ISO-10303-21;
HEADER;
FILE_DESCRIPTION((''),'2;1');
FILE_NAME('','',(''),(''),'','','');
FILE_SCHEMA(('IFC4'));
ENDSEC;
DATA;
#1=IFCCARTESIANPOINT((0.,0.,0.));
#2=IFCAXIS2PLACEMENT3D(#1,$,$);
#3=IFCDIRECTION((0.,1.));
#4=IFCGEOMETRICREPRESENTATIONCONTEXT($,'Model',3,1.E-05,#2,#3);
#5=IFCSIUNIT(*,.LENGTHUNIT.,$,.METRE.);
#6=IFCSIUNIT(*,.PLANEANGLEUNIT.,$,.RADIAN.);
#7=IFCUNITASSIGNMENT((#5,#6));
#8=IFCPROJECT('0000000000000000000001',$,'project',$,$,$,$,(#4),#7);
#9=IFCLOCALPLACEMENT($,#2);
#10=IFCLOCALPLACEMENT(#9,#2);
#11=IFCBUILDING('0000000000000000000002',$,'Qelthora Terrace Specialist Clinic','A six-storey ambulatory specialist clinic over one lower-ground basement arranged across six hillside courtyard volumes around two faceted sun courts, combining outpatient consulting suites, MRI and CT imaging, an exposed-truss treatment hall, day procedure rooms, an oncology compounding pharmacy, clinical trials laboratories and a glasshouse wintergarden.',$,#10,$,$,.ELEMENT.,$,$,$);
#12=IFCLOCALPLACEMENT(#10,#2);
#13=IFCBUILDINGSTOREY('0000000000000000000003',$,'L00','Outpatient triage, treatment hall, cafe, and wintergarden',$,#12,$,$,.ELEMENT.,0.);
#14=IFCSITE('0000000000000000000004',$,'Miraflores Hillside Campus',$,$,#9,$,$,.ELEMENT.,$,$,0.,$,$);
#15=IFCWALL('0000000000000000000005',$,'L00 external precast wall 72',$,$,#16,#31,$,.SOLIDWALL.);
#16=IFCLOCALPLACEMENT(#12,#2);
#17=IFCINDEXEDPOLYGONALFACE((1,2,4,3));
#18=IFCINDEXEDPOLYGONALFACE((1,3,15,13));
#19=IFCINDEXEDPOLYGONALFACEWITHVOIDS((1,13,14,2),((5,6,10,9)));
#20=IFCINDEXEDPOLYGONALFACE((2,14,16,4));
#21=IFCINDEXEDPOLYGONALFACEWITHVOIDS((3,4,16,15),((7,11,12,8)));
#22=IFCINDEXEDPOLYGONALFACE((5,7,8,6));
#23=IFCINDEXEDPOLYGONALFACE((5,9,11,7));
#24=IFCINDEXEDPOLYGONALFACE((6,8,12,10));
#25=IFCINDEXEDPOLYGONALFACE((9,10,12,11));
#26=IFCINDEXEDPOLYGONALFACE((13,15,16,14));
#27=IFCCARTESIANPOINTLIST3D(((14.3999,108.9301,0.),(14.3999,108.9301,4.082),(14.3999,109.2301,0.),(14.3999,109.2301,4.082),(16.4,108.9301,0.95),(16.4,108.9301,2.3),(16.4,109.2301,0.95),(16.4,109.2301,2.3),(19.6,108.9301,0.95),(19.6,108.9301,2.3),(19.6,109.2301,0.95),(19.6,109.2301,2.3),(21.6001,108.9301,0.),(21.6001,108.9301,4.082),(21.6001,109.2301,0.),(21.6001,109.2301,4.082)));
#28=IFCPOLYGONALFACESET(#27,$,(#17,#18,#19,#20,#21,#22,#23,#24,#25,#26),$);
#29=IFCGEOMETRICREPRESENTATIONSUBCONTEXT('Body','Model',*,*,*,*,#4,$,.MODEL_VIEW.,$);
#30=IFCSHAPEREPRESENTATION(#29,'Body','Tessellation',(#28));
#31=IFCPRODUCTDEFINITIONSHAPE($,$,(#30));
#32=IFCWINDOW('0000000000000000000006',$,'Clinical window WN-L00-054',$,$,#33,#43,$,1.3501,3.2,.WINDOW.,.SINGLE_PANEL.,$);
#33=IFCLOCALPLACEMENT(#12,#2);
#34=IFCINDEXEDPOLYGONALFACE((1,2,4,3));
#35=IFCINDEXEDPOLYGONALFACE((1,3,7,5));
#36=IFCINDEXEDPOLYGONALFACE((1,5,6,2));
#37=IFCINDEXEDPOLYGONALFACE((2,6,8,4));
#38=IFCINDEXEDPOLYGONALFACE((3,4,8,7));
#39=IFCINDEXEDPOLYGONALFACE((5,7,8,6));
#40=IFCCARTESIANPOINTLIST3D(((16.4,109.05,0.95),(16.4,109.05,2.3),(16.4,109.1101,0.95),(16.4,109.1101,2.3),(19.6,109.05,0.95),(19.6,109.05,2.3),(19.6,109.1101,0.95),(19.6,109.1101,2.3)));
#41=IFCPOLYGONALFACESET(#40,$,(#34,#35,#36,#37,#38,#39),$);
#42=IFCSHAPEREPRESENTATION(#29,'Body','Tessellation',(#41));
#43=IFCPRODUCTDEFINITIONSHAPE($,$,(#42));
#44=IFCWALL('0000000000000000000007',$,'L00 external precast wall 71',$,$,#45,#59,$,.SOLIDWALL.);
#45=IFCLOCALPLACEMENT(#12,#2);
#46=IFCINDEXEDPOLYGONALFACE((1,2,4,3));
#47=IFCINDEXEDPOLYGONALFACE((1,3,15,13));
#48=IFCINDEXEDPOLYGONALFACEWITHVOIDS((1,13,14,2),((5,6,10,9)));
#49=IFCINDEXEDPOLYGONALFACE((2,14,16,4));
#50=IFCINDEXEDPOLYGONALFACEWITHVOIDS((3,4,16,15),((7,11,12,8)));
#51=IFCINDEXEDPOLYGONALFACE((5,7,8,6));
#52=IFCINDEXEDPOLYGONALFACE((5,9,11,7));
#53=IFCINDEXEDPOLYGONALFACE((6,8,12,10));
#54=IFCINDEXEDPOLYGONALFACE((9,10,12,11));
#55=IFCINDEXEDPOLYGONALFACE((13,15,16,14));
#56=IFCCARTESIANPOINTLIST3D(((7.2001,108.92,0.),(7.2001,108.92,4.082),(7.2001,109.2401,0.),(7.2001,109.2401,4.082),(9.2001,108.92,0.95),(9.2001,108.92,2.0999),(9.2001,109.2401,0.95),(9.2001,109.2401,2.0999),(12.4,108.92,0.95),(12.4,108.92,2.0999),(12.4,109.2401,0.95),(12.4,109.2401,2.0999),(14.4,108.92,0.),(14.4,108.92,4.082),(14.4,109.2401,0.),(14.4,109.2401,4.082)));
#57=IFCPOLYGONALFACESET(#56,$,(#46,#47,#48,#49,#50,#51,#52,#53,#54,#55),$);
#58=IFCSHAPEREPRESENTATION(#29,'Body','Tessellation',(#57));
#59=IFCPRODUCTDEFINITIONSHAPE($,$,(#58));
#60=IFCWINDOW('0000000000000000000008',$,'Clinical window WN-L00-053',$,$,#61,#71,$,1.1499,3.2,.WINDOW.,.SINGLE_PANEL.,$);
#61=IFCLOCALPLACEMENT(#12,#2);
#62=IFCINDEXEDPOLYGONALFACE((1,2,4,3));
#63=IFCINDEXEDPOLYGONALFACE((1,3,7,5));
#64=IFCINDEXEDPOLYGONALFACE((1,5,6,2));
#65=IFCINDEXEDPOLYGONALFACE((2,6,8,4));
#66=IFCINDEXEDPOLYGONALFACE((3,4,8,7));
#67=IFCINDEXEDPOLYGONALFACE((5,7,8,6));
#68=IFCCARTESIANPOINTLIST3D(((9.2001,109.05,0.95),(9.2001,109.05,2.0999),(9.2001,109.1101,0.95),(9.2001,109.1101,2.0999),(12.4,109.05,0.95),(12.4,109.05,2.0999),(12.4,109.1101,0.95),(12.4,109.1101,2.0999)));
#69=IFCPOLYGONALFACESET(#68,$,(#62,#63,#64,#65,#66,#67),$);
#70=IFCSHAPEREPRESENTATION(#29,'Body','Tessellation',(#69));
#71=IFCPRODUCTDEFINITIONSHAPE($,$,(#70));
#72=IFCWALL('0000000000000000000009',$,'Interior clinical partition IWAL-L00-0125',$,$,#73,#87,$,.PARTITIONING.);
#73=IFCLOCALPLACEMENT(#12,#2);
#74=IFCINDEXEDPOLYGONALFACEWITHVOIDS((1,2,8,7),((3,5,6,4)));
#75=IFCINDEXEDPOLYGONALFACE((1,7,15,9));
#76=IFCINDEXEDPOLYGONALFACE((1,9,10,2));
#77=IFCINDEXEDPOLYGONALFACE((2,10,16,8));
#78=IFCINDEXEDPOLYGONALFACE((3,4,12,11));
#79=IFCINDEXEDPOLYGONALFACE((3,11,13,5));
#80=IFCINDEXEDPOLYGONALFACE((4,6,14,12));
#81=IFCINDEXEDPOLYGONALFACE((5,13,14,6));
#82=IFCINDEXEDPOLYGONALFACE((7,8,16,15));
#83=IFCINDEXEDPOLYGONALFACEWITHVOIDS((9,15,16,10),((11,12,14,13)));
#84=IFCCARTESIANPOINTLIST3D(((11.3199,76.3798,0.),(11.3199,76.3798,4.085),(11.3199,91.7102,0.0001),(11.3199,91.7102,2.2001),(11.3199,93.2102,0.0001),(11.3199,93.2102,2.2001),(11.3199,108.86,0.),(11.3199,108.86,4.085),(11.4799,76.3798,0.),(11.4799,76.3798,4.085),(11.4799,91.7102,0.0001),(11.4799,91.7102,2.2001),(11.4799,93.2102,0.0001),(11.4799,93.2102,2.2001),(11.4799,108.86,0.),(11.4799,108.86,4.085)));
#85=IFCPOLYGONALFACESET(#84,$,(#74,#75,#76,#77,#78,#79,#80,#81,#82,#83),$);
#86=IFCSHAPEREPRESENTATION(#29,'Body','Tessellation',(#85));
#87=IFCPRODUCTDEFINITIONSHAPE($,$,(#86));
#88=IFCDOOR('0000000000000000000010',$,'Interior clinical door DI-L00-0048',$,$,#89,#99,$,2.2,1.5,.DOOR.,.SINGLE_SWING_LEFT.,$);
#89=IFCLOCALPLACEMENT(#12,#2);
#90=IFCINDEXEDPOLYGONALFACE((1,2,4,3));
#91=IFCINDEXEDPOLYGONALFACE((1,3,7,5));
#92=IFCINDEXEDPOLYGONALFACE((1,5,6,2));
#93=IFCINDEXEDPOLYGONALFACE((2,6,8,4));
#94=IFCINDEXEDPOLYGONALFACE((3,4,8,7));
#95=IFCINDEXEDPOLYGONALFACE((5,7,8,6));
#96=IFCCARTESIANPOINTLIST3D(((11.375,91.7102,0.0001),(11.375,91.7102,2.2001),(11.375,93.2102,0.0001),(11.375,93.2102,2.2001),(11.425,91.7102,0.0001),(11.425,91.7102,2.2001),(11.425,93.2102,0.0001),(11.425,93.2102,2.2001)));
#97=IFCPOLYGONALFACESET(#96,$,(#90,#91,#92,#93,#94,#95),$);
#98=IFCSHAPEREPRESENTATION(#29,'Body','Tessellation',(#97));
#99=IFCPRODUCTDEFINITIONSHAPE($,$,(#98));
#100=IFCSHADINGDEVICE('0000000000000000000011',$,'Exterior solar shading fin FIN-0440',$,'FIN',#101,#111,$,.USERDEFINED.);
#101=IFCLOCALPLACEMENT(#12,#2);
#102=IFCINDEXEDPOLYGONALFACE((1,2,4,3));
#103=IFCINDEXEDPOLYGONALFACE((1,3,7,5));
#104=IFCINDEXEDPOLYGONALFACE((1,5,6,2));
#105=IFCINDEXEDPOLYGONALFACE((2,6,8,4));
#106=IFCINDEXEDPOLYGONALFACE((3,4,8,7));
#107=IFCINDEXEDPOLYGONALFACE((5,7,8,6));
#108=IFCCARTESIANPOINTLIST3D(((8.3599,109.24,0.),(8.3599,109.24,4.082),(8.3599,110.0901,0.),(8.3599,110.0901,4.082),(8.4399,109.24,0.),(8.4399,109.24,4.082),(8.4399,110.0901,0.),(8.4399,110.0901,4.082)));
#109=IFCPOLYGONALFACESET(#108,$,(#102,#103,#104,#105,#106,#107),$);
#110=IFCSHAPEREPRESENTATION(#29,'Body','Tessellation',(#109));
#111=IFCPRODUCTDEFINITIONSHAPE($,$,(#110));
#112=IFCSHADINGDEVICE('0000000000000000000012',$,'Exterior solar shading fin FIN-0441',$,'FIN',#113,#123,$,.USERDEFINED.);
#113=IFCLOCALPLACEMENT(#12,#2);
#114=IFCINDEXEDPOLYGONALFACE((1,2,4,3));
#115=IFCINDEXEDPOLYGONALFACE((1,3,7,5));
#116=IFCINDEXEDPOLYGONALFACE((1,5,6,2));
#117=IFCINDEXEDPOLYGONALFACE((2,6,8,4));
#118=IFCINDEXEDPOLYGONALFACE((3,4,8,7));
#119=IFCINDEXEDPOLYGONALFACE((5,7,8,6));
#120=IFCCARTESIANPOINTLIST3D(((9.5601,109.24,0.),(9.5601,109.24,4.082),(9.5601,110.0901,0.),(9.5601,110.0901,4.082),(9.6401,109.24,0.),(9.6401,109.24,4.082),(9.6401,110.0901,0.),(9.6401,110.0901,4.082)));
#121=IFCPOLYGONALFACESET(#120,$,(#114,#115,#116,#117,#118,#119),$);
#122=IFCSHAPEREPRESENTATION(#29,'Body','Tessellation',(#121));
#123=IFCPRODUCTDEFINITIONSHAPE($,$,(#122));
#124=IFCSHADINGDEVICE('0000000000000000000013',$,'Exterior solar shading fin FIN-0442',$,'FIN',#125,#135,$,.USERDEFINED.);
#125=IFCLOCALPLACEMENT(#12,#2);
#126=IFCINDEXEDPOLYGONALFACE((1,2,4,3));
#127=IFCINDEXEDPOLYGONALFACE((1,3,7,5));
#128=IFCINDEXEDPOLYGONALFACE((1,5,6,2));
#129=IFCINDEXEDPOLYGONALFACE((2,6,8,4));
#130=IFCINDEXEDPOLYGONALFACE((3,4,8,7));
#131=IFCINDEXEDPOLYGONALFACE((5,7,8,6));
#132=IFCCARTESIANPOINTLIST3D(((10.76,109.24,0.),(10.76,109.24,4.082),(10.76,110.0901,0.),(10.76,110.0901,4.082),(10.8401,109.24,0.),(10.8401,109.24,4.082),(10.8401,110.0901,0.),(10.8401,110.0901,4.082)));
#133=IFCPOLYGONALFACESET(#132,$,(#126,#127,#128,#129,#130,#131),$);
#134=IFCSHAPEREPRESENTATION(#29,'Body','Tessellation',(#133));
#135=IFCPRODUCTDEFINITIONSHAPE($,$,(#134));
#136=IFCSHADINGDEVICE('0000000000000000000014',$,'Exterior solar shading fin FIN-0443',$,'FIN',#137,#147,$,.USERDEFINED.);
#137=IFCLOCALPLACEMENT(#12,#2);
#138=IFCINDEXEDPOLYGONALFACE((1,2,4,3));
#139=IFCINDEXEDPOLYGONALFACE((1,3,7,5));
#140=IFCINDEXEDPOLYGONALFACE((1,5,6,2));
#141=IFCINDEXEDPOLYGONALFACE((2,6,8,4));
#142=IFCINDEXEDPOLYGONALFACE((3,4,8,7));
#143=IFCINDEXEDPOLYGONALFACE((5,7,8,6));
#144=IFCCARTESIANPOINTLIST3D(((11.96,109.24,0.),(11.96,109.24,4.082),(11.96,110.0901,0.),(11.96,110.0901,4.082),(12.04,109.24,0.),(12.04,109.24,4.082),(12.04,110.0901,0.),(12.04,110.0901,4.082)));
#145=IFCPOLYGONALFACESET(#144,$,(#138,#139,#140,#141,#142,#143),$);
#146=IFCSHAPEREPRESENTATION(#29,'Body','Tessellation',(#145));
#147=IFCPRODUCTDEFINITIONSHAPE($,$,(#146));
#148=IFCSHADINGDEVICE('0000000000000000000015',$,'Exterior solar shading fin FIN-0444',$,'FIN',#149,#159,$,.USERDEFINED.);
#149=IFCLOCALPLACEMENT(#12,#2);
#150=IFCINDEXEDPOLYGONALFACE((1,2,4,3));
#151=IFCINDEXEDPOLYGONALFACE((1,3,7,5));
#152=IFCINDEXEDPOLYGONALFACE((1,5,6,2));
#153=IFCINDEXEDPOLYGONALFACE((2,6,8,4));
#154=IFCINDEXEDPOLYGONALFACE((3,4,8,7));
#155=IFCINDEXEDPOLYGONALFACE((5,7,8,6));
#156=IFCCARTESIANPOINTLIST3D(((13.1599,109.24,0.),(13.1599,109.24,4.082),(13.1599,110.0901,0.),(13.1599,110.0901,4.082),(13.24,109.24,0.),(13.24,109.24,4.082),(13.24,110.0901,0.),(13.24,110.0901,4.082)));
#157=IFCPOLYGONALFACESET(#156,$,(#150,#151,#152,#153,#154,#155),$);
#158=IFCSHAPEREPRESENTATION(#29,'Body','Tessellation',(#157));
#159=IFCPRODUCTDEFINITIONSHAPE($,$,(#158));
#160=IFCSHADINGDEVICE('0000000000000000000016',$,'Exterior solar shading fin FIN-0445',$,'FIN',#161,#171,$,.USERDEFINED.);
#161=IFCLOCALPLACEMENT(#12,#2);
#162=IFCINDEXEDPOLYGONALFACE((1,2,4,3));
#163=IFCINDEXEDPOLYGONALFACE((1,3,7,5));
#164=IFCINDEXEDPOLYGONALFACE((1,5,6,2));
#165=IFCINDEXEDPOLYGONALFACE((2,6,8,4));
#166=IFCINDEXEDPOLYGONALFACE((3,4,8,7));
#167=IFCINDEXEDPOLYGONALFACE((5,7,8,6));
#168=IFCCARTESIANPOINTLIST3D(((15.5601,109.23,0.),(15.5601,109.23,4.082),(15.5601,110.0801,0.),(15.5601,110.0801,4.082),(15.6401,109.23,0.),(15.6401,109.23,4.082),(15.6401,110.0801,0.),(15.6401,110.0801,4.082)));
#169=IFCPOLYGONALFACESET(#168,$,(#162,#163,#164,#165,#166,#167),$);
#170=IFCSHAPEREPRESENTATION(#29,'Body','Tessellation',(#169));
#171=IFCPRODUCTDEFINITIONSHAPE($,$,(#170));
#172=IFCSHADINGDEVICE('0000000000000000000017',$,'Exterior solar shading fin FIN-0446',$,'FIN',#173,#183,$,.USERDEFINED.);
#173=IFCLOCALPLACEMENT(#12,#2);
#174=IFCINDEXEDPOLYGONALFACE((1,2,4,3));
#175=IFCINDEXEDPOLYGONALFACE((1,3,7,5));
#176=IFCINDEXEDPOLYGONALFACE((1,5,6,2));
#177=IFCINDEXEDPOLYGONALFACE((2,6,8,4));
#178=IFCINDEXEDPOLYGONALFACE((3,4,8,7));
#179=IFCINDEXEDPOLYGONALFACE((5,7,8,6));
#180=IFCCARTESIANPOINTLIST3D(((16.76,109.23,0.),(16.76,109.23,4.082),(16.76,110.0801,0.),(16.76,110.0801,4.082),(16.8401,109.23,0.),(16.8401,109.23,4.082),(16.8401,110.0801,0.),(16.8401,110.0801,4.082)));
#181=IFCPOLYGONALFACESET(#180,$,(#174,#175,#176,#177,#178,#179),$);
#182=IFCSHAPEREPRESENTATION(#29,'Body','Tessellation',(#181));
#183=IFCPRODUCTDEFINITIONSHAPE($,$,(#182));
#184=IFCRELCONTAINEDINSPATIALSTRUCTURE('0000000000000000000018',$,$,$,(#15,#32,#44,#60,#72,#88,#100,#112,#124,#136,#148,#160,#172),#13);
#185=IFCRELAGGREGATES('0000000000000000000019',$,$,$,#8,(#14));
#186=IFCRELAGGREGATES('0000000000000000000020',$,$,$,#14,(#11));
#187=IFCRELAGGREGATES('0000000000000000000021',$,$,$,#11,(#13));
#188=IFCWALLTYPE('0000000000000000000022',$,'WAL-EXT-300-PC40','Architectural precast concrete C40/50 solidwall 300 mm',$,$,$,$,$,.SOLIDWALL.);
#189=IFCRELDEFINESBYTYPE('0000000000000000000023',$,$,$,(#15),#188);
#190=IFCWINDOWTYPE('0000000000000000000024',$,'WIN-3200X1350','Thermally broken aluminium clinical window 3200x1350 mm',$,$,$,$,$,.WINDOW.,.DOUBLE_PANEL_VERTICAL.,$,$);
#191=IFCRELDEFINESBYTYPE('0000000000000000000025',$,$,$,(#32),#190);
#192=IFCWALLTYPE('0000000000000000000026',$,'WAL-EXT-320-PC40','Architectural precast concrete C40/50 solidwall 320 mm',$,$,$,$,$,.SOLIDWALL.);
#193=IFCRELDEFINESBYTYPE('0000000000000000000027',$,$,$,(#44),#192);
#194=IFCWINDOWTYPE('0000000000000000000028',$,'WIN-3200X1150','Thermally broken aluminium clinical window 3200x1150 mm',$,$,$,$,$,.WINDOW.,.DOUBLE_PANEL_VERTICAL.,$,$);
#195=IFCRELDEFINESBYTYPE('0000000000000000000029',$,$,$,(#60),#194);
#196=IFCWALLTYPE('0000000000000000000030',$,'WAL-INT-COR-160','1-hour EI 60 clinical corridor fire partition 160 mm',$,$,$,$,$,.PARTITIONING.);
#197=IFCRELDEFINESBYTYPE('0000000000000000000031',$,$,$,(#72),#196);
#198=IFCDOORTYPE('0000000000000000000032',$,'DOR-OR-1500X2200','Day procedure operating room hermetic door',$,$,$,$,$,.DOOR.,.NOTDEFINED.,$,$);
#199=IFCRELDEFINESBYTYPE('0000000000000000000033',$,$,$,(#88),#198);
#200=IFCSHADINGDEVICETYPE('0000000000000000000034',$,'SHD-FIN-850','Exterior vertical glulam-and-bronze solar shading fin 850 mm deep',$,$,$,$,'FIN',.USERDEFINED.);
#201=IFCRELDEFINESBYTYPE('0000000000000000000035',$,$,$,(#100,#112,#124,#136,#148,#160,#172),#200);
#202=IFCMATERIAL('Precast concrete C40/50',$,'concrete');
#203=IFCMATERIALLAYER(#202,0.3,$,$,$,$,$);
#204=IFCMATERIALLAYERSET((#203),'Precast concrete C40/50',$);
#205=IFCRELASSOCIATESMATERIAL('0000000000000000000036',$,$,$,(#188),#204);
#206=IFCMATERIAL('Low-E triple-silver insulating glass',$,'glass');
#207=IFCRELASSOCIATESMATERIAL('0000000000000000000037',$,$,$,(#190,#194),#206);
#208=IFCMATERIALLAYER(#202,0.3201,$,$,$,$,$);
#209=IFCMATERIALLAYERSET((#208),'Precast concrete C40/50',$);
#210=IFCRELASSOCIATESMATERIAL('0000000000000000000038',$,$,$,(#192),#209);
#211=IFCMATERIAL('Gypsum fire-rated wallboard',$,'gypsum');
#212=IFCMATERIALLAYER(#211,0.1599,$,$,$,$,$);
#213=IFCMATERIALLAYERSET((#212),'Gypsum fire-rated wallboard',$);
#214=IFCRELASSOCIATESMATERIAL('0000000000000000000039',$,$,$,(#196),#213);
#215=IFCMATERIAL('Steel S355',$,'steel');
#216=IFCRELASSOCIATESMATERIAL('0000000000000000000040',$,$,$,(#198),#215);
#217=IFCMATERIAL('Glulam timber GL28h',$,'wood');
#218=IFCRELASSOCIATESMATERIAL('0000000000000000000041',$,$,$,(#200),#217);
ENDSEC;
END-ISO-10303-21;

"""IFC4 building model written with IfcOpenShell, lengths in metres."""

from ifc_helpers import new_model, si_unit, direction, frame, frame_2d, origin, origin_2d, place, context, subcontext, project, spatial, rectangle, extrude, material, layer, layer_set, type_object, element, fill, save


model = new_model("IFC4")

# Units and contexts
model_context = context("Model", 3, precision=1e-05, world=origin(), true_north=direction((0.0, 1.0)))
body_context = subcontext(model_context, "Body", "Model", "MODEL_VIEW")
ifc_project = project(units=[si_unit("LENGTHUNIT", "METRE"), si_unit("PLANEANGLEUNIT", "RADIAN")], contexts=[model_context])

# Site, building, storey
site_placement = place(None, origin())
site = spatial("IfcSite", under=ifc_project, at=site_placement, Name="Miraflores Hillside Campus", CompositionType="ELEMENT", RefElevation=0.0)
building_placement = place(site_placement, origin())
building = spatial("IfcBuilding", under=site, at=building_placement, Name="Qelthora Terrace Specialist Clinic", Description="A six-storey ambulatory specialist clinic over one lower-ground basement arranged across six hillside courtyard volumes around two faceted sun courts, combining outpatient consulting suites, MRI and CT imaging, an exposed-truss treatment hall, day procedure rooms, an oncology compounding pharmacy, clinical trials laboratories and a glasshouse wintergarden.", CompositionType="ELEMENT")
storey_placement = place(building_placement, origin())
storey = spatial("IfcBuildingStorey", under=building, at=storey_placement, Name="L00", Description="Outpatient triage, treatment hall, cafe, and wintergarden", CompositionType="ELEMENT", Elevation=0.0)

# Shared definitions
ifc_material_1 = material(Name="Steel S355", Category="steel")

# Walls, openings, windows
ifc_material_2 = material(Name="Precast concrete C40/50", Category="concrete")
ifc_layer_1 = layer(ifc_material_2, 0.3)
ifc_layer_set_1 = layer_set([ifc_layer_1], Name="Precast concrete C40/50")
wall_type_1 = type_object("IfcWallType", Name="WAL-EXT-300-PC40", Description="Architectural precast concrete C40/50 solidwall 300 mm", PredefinedType="SOLIDWALL", material=ifc_layer_set_1)
wall_1_placement = place(storey_placement, frame((14.3999, 109.0801, 0.0), z_axis=(0.0, 0.0, 1.0), x_axis=(1.0, 0.0, 0.0)))
wall_1 = element("IfcWall", 1, at=wall_1_placement, inside=storey, type_object=wall_type_1, Name="L00 external precast wall 72", PredefinedType="SOLIDWALL", context=body_context, shape_type="SweptSolid", body=[
    extrude(rectangle(XDim=7.2002, YDim=0.3, at=frame_2d((3.6001, 0.0))), origin(), (0.0, 0.0, 1.0), 4.082),
])
opening_1_placement = place(wall_1_placement, frame((2.0, 0.0, 0.95)))
opening_1 = element("IfcOpeningElement", 2, at=opening_1_placement, cuts=wall_1, PredefinedType="OPENING", context=body_context, shape_type="SweptSolid", body=[
    extrude(rectangle(XDim=3.2, YDim=1.3501, at=frame_2d((1.6001, 0.675))), frame((0.0, 0.1599, 0.0), z_axis=(0.0, -1.0, 0.0), x_axis=(1.0, 0.0, 0.0)), (0.0, 0.0, 1.0), 0.3201),
])
ifc_material_3 = material(Name="Low-E triple-silver insulating glass", Category="glass")
window_type_1 = type_object("IfcWindowType", Name="WIN-3200X1350", Description="Thermally broken aluminium clinical window 3200x1350 mm", PartitioningType="DOUBLE_PANEL_VERTICAL", PredefinedType="WINDOW", material=ifc_material_3)
window_1_placement = place(opening_1_placement, origin())
window_1 = element("IfcWindow", 3, at=window_1_placement, inside=storey, type_object=window_type_1, Name="Clinical window WN-L00-054", OverallHeight=1.3501, OverallWidth=3.2, PartitioningType="SINGLE_PANEL", PredefinedType="WINDOW", context=body_context, shape_type="SweptSolid", body=[
    extrude(rectangle(XDim=3.2, YDim=1.3501, at=frame_2d((1.6001, 0.675))), frame((0.0, 0.03, 0.0), z_axis=(0.0, -1.0, 0.0), x_axis=(1.0, 0.0, 0.0)), (0.0, 0.0, 1.0), 0.0601),
])
fill(opening_1, window_1)
ifc_layer_2 = layer(ifc_material_2, 0.3201)
ifc_layer_set_2 = layer_set([ifc_layer_2], Name="Precast concrete C40/50")
wall_type_2 = type_object("IfcWallType", Name="WAL-EXT-320-PC40", Description="Architectural precast concrete C40/50 solidwall 320 mm", PredefinedType="SOLIDWALL", material=ifc_layer_set_2)
wall_2_placement = place(storey_placement, frame((7.2, 109.0801, 0.0), z_axis=(0.0, 0.0, 1.0), x_axis=(1.0, 0.0, 0.0)))
wall_2 = element("IfcWall", 4, at=wall_2_placement, inside=storey, type_object=wall_type_2, Name="L00 external precast wall 71", PredefinedType="SOLIDWALL", context=body_context, shape_type="SweptSolid", body=[
    extrude(rectangle(XDim=7.2, YDim=0.3201, at=frame_2d((3.6001, 0.0))), origin(), (0.0, 0.0, 1.0), 4.082),
])
opening_2_placement = place(wall_2_placement, frame((2.0, 0.0, 0.95)))
opening_2 = element("IfcOpeningElement", 5, at=opening_2_placement, cuts=wall_2, PredefinedType="OPENING", context=body_context, shape_type="SweptSolid", body=[
    extrude(rectangle(XDim=3.2, YDim=1.1499, at=frame_2d((1.6001, 0.575))), frame((0.0, 0.1699, 0.0), z_axis=(0.0, -1.0, 0.0), x_axis=(1.0, 0.0, 0.0)), (0.0, 0.0, 1.0), 0.3401),
])
window_type_2 = type_object("IfcWindowType", Name="WIN-3200X1150", Description="Thermally broken aluminium clinical window 3200x1150 mm", PartitioningType="DOUBLE_PANEL_VERTICAL", PredefinedType="WINDOW", material=ifc_material_3)
window_2_placement = place(opening_2_placement, origin())
window_2 = element("IfcWindow", 6, at=window_2_placement, inside=storey, type_object=window_type_2, Name="Clinical window WN-L00-053", OverallHeight=1.1499, OverallWidth=3.2, PartitioningType="SINGLE_PANEL", PredefinedType="WINDOW", context=body_context, shape_type="SweptSolid", body=[
    extrude(rectangle(XDim=3.2, YDim=1.1499, at=frame_2d((1.6001, 0.575))), frame((0.0, 0.03, 0.0), z_axis=(0.0, -1.0, 0.0), x_axis=(1.0, 0.0, 0.0)), (0.0, 0.0, 1.0), 0.0601),
])
fill(opening_2, window_2)

# Wall, opening, door
ifc_material_4 = material(Name="Gypsum fire-rated wallboard", Category="gypsum")
ifc_layer_3 = layer(ifc_material_4, 0.1599)
ifc_layer_set_3 = layer_set([ifc_layer_3], Name="Gypsum fire-rated wallboard")
wall_type_3 = type_object("IfcWallType", Name="WAL-INT-COR-160", Description="1-hour EI 60 clinical corridor fire partition 160 mm", PredefinedType="PARTITIONING", material=ifc_layer_set_3)
wall_3_placement = place(storey_placement, frame((11.3999, 108.8601, 0.0), z_axis=(0.0, 0.0, 1.0), x_axis=(0.0, -1.0, 0.0)))
wall_3 = element("IfcWall", 7, at=wall_3_placement, inside=storey, type_object=wall_type_3, Name="Interior clinical partition IWAL-L00-0125", PredefinedType="PARTITIONING", context=body_context, shape_type="SweptSolid", body=[
    extrude(rectangle(XDim=32.4802, YDim=0.1599, at=frame_2d((16.2402, 0.0))), origin(), (0.0, 0.0, 1.0), 4.085),
])
opening_3_placement = place(wall_3_placement, frame((15.6499, 0.0, 0.0)))
opening_3 = element("IfcOpeningElement", 8, at=opening_3_placement, cuts=wall_3, PredefinedType="OPENING", context=body_context, shape_type="SweptSolid", body=[
    extrude(rectangle(XDim=1.5, YDim=2.2, at=frame_2d((0.75, 1.1001))), frame((0.0, 0.0898, 0.0), z_axis=(0.0, -1.0, 0.0), x_axis=(1.0, 0.0, 0.0)), (0.0, 0.0, 1.0), 0.1799),
])
door_type_1 = type_object("IfcDoorType", Name="DOR-OR-1500X2200", Description="Day procedure operating room hermetic door", OperationType="NOTDEFINED", PredefinedType="DOOR", material=ifc_material_1)
door_1_placement = place(opening_3_placement, frame((1.5, 0.0, 0.0), z_axis=(0.0, 0.0, 1.0), x_axis=(-1.0, 0.0, 0.0)))
door_1 = element("IfcDoor", 9, at=door_1_placement, inside=storey, type_object=door_type_1, Name="Interior clinical door DI-L00-0048", OperationType="SINGLE_SWING_LEFT", OverallHeight=2.2, OverallWidth=1.5, PredefinedType="DOOR", context=body_context, shape_type="SweptSolid", body=[
    extrude(rectangle(XDim=1.5, YDim=2.2, at=frame_2d((0.75, 1.1001))), frame((0.0, 0.0249, 0.0), z_axis=(0.0, -1.0, 0.0), x_axis=(1.0, 0.0, 0.0)), (0.0, 0.0, 1.0), 0.05),
])
fill(opening_3, door_1)

# Shading devices
ifc_material_5 = material(Name="Glulam timber GL28h", Category="wood")
shading_device_type = type_object("IfcShadingDeviceType", Name="SHD-FIN-850", Description="Exterior vertical glulam-and-bronze solar shading fin 850 mm deep", ElementType="FIN", PredefinedType="USERDEFINED", material=ifc_material_5)
for number, where, z_axis, x_axis, name in (
    (10, (8.3999, 109.665, 0.0), (0.0, 0.0, 1.0), (0.0, 1.0, 0.0), "Exterior solar shading fin FIN-0440"),
    (11, (9.6001, 109.665, 0.0), (0.0, 0.0, 1.0), (0.0, 1.0, 0.0), "Exterior solar shading fin FIN-0441"),
    (12, (10.8, 109.665, 0.0), (0.0, 0.0, 1.0), (0.0, 1.0, 0.0), "Exterior solar shading fin FIN-0442"),
    (13, (12.0, 109.665, 0.0), (0.0, 0.0, 1.0), (0.0, 1.0, 0.0), "Exterior solar shading fin FIN-0443"),
    (14, (13.2, 109.665, 0.0), (0.0, 0.0, 1.0), (0.0, 1.0, 0.0), "Exterior solar shading fin FIN-0444"),
    (15, (15.6001, 109.655, 0.0), (0.0, 0.0, 1.0), (0.0, 1.0, 0.0), "Exterior solar shading fin FIN-0445"),
    (16, (16.8, 109.655, 0.0), (0.0, 0.0, 1.0), (0.0, 1.0, 0.0), "Exterior solar shading fin FIN-0446"),
):
    element("IfcShadingDevice", number, at=place(storey_placement, frame(where, z_axis=z_axis, x_axis=x_axis)), inside=storey, type_object=shading_device_type, Name=name, ObjectType="FIN", PredefinedType="USERDEFINED", context=body_context, shape_type="SweptSolid", body=[
        extrude(rectangle(XDim=0.8501, YDim=0.0801, at=origin_2d()), origin(), (0.0, 0.0, 1.0), 4.082),
    ])

save(model, "model.ifc")
